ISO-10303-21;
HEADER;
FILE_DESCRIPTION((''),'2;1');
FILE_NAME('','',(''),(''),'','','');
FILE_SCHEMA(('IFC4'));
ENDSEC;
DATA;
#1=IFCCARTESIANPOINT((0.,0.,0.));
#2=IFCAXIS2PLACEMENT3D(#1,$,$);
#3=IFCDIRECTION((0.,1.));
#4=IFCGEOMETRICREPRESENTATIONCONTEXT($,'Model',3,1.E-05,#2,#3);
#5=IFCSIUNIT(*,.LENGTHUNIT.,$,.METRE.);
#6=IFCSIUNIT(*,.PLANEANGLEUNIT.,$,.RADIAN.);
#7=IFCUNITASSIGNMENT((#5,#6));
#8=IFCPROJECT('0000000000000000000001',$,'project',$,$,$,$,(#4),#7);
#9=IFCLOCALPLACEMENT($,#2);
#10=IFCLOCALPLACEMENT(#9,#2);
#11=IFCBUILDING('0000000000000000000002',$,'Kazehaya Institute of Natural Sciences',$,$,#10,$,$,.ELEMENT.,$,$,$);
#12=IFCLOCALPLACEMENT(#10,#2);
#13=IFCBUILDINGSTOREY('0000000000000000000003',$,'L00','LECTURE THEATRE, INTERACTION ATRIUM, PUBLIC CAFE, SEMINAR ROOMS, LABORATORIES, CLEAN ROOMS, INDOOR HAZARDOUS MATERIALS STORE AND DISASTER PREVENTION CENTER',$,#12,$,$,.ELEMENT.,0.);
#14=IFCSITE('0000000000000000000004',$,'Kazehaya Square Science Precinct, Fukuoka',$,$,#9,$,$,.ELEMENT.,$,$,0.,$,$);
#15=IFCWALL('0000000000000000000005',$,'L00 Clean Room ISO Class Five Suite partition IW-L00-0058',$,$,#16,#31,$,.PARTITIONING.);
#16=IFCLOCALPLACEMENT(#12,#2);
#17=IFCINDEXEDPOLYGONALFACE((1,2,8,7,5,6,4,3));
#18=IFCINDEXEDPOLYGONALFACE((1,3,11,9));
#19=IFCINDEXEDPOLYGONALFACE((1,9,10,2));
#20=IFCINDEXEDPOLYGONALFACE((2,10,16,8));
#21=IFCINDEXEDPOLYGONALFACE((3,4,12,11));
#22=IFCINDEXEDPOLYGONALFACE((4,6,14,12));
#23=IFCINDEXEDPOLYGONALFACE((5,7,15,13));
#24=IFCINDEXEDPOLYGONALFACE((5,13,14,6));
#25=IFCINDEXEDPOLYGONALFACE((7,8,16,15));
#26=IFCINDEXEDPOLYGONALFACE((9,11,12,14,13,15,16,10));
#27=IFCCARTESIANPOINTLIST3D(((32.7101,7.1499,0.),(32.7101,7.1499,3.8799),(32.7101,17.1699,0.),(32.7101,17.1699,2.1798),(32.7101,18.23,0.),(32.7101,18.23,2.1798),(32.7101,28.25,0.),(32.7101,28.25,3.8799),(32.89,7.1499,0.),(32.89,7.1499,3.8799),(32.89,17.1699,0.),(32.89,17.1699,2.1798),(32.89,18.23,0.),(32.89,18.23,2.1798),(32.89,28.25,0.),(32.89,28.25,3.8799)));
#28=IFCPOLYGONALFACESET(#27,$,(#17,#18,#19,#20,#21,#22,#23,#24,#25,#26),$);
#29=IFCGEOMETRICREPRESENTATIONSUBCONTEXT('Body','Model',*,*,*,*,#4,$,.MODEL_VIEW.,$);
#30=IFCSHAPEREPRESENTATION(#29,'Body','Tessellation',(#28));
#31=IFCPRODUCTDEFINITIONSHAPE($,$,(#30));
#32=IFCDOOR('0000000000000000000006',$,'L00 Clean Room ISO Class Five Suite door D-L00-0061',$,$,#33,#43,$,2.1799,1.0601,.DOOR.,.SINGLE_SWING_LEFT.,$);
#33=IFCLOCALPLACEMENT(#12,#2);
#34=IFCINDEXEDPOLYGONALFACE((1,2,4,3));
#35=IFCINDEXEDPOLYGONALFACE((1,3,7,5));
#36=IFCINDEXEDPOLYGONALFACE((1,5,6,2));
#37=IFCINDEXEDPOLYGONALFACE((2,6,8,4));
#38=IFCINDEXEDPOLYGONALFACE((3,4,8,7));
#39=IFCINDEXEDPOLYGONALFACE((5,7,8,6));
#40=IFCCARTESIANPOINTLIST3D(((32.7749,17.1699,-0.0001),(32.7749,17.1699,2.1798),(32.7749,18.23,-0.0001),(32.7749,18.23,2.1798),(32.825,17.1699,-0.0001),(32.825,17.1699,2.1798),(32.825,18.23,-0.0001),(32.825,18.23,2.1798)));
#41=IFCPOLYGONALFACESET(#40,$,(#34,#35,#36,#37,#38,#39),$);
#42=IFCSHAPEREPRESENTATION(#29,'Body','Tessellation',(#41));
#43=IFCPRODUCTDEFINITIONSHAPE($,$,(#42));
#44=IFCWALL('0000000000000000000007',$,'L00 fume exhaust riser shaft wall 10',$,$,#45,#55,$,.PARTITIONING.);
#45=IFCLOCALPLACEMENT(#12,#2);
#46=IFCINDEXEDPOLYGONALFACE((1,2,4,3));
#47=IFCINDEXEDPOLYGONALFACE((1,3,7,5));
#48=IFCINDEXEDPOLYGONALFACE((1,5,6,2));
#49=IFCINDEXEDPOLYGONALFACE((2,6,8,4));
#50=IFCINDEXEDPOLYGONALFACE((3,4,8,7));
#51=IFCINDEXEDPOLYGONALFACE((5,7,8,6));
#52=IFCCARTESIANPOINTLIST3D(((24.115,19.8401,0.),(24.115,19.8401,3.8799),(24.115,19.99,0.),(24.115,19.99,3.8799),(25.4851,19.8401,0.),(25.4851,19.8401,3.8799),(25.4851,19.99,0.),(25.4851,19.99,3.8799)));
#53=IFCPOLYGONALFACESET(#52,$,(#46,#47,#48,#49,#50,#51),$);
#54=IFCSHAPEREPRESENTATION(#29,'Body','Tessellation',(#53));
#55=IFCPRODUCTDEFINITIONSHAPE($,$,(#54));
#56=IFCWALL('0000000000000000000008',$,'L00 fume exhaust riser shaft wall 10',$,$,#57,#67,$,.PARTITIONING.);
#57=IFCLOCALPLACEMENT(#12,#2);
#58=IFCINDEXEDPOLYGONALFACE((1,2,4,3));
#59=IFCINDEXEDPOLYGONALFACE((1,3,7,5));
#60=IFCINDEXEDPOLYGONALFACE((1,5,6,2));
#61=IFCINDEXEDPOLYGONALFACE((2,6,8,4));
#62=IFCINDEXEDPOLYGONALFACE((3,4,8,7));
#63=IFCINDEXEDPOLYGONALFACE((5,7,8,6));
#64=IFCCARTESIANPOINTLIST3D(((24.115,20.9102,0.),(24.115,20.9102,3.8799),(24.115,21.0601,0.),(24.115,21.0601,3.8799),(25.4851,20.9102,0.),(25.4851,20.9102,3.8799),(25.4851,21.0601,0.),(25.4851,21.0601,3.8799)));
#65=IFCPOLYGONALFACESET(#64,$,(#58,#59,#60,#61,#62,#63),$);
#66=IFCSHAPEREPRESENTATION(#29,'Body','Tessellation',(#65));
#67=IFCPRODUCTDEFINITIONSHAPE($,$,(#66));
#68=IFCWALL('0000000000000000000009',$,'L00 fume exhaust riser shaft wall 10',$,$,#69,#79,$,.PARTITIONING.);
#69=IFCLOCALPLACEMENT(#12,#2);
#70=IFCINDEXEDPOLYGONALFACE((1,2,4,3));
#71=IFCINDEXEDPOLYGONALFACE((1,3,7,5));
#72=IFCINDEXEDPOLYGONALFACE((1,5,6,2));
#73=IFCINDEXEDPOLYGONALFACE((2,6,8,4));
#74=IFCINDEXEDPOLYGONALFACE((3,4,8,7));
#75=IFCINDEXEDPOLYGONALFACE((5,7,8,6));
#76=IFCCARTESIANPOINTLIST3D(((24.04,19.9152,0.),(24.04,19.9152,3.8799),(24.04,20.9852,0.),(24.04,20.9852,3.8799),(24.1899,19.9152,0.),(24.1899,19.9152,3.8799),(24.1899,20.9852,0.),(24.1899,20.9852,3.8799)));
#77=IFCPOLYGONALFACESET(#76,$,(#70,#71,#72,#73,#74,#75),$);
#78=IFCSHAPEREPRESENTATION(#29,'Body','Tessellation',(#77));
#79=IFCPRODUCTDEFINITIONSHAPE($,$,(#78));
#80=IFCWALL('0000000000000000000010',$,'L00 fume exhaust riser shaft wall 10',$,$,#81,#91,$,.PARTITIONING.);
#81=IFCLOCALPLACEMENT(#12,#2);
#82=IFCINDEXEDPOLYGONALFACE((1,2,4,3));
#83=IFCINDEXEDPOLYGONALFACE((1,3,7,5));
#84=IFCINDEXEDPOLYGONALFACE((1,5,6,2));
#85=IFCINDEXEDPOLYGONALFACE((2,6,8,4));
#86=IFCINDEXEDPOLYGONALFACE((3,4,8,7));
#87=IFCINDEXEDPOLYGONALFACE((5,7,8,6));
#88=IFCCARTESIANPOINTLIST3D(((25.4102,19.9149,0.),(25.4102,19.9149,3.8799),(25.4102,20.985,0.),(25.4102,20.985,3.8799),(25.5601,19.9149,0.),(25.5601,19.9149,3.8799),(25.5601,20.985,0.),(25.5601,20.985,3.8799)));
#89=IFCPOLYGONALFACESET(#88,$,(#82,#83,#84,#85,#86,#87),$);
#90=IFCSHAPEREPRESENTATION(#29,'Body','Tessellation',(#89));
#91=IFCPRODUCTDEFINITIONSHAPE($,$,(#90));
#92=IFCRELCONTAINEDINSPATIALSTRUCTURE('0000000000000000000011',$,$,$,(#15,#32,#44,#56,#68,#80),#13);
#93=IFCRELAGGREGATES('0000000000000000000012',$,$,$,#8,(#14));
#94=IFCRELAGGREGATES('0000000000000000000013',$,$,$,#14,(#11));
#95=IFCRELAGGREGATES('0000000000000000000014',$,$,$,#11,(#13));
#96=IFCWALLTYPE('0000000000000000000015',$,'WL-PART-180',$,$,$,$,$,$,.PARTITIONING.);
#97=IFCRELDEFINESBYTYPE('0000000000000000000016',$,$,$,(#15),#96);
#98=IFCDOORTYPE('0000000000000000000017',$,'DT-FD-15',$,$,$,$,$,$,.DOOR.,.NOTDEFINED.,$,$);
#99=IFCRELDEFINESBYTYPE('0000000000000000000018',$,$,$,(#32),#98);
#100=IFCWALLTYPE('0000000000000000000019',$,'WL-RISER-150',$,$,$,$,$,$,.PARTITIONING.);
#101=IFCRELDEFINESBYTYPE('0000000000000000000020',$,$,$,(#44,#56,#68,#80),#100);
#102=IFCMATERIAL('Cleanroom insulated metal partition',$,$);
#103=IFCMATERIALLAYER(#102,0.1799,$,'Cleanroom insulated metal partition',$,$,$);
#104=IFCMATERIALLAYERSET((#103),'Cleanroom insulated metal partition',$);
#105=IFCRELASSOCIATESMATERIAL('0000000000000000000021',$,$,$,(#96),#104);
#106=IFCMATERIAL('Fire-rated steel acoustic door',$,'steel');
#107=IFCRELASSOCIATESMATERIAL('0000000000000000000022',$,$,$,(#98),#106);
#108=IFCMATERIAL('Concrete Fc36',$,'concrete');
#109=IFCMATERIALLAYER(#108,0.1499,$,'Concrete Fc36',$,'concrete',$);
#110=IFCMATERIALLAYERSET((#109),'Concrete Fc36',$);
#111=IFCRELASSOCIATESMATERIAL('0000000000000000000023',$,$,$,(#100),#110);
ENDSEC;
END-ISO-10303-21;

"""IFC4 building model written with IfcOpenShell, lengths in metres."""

from ifc_helpers import new_model, si_unit, direction, frame, frame_2d, origin, place, context, subcontext, project, spatial, rectangle, extrude, material, layer, layer_set, type_object, element, fill, save


model = new_model("IFC4")

# Units and contexts
model_context = context("Model", 3, precision=1e-05, world=origin(), true_north=direction((0.0, 1.0)))
body_context = subcontext(model_context, "Body", "Model", "MODEL_VIEW")
ifc_project = project(units=[si_unit("LENGTHUNIT", "METRE"), si_unit("PLANEANGLEUNIT", "RADIAN")], contexts=[model_context])

# Site, building, storey
site_placement = place(None, origin())
site = spatial("IfcSite", under=ifc_project, at=site_placement, Name="Kazehaya Square Science Precinct, Fukuoka", CompositionType="ELEMENT", RefElevation=0.0)
building_placement = place(site_placement, origin())
building = spatial("IfcBuilding", under=site, at=building_placement, Name="Kazehaya Institute of Natural Sciences", CompositionType="ELEMENT")
storey_placement = place(building_placement, origin())
storey = spatial("IfcBuildingStorey", under=building, at=storey_placement, Name="L00", Description="LECTURE THEATRE, INTERACTION ATRIUM, PUBLIC CAFE, SEMINAR ROOMS, LABORATORIES, CLEAN ROOMS, INDOOR HAZARDOUS MATERIALS STORE AND DISASTER PREVENTION CENTER", CompositionType="ELEMENT", Elevation=0.0)

# Shared definitions
ifc_material_1 = material(Name="Concrete Fc36", Category="concrete")

# Wall, opening, door
ifc_material_2 = material(Name="Fire-rated steel acoustic door", Category="steel")
ifc_material_3 = material(Name="Cleanroom insulated metal partition")
ifc_layer_1 = layer(ifc_material_3, 0.1799, Name="Cleanroom insulated metal partition")
ifc_layer_set_1 = layer_set([ifc_layer_1], Name="Cleanroom insulated metal partition")
wall_type_1 = type_object("IfcWallType", Name="WL-PART-180", PredefinedType="PARTITIONING", material=ifc_layer_set_1)
wall_1_placement = place(storey_placement, frame((32.8, 28.25, 0.0), z_axis=(0.0, 0.0, 1.0), x_axis=(0.0, -1.0, 0.0)))
wall_1 = element("IfcWall", 1, at=wall_1_placement, inside=storey, type_object=wall_type_1, Name="L00 Clean Room ISO Class Five Suite partition IW-L00-0058", PredefinedType="PARTITIONING", context=body_context, shape_type="SweptSolid", body=[
    extrude(rectangle(XDim=21.1001, YDim=0.1799, at=frame_2d((10.55, 0.0))), origin(), (0.0, 0.0, 1.0), 3.8799),
])
opening_1_placement = place(wall_1_placement, frame((10.02, 0.0, 0.0)))
opening_1 = element("IfcOpeningElement", 2, at=opening_1_placement, cuts=wall_1, PredefinedType="OPENING", context=body_context, shape_type="SweptSolid", body=[
    extrude(rectangle(XDim=1.0601, YDim=2.1799, at=frame_2d((0.53, 1.0898))), frame((0.0, 0.0999, 0.0), z_axis=(0.0, -1.0, 0.0), x_axis=(1.0, 0.0, 0.0)), (0.0, 0.0, 1.0), 0.2),
])
door_type_1 = type_object("IfcDoorType", Name="DT-FD-15", OperationType="NOTDEFINED", PredefinedType="DOOR", material=ifc_material_2)
door_1_placement = place(opening_1_placement, origin())
door_1 = element("IfcDoor", 3, at=door_1_placement, inside=storey, type_object=door_type_1, Name="L00 Clean Room ISO Class Five Suite door D-L00-0061", OperationType="SINGLE_SWING_LEFT", OverallHeight=2.1799, OverallWidth=1.0601, PredefinedType="DOOR", context=body_context, shape_type="SweptSolid", body=[
    extrude(rectangle(XDim=1.0601, YDim=2.1799, at=frame_2d((0.53, 1.0898))), frame((0.0, 0.0249, 0.0), z_axis=(0.0, -1.0, 0.0), x_axis=(1.0, 0.0, 0.0)), (0.0, 0.0, 1.0), 0.05),
])
fill(opening_1, door_1)

# Walls
ifc_layer_2 = layer(ifc_material_1, 0.1499, Name="Concrete Fc36", Category="concrete")
ifc_layer_set_2 = layer_set([ifc_layer_2], Name="Concrete Fc36")
wall_type_2 = type_object("IfcWallType", Name="WL-RISER-150", PredefinedType="PARTITIONING", material=ifc_layer_set_2)
for number, where, z_axis, x_axis, name in (
    (4, (25.4851, 19.915, 0.0), (0.0, 0.0, 1.0), (-1.0, 0.0, 0.0), "L00 fume exhaust riser shaft wall 10"),
    (5, (24.115, 20.9851, 0.0), (0.0, 0.0, 1.0), (1.0, 0.0, 0.0), "L00 fume exhaust riser shaft wall 10"),
):
    element("IfcWall", number, at=place(storey_placement, frame(where, z_axis=z_axis, x_axis=x_axis)), inside=storey, type_object=wall_type_2, Name=name, PredefinedType="PARTITIONING", context=body_context, shape_type="SweptSolid", body=[
        extrude(rectangle(XDim=1.3701, YDim=0.1499, at=frame_2d((0.6851, 0.0))), origin(), (0.0, 0.0, 1.0), 3.8799),
    ])
for number, where, z_axis, x_axis, name in (
    (6, (24.115, 19.915, 0.0), (0.0, 0.0, 1.0), (0.0, 1.0, 0.0), "L00 fume exhaust riser shaft wall 10"),
    (7, (25.4851, 20.9851, 0.0), (0.0, 0.0, 1.0), (0.0, -1.0, 0.0), "L00 fume exhaust riser shaft wall 10"),
):
    element("IfcWall", number, at=place(storey_placement, frame(where, z_axis=z_axis, x_axis=x_axis)), inside=storey, type_object=wall_type_2, Name=name, PredefinedType="PARTITIONING", context=body_context, shape_type="SweptSolid", body=[
        extrude(rectangle(XDim=1.0701, YDim=0.1499, at=frame_2d((0.5352, 0.0))), origin(), (0.0, 0.0, 1.0), 3.8799),
    ])

save(model, "model.ifc")
